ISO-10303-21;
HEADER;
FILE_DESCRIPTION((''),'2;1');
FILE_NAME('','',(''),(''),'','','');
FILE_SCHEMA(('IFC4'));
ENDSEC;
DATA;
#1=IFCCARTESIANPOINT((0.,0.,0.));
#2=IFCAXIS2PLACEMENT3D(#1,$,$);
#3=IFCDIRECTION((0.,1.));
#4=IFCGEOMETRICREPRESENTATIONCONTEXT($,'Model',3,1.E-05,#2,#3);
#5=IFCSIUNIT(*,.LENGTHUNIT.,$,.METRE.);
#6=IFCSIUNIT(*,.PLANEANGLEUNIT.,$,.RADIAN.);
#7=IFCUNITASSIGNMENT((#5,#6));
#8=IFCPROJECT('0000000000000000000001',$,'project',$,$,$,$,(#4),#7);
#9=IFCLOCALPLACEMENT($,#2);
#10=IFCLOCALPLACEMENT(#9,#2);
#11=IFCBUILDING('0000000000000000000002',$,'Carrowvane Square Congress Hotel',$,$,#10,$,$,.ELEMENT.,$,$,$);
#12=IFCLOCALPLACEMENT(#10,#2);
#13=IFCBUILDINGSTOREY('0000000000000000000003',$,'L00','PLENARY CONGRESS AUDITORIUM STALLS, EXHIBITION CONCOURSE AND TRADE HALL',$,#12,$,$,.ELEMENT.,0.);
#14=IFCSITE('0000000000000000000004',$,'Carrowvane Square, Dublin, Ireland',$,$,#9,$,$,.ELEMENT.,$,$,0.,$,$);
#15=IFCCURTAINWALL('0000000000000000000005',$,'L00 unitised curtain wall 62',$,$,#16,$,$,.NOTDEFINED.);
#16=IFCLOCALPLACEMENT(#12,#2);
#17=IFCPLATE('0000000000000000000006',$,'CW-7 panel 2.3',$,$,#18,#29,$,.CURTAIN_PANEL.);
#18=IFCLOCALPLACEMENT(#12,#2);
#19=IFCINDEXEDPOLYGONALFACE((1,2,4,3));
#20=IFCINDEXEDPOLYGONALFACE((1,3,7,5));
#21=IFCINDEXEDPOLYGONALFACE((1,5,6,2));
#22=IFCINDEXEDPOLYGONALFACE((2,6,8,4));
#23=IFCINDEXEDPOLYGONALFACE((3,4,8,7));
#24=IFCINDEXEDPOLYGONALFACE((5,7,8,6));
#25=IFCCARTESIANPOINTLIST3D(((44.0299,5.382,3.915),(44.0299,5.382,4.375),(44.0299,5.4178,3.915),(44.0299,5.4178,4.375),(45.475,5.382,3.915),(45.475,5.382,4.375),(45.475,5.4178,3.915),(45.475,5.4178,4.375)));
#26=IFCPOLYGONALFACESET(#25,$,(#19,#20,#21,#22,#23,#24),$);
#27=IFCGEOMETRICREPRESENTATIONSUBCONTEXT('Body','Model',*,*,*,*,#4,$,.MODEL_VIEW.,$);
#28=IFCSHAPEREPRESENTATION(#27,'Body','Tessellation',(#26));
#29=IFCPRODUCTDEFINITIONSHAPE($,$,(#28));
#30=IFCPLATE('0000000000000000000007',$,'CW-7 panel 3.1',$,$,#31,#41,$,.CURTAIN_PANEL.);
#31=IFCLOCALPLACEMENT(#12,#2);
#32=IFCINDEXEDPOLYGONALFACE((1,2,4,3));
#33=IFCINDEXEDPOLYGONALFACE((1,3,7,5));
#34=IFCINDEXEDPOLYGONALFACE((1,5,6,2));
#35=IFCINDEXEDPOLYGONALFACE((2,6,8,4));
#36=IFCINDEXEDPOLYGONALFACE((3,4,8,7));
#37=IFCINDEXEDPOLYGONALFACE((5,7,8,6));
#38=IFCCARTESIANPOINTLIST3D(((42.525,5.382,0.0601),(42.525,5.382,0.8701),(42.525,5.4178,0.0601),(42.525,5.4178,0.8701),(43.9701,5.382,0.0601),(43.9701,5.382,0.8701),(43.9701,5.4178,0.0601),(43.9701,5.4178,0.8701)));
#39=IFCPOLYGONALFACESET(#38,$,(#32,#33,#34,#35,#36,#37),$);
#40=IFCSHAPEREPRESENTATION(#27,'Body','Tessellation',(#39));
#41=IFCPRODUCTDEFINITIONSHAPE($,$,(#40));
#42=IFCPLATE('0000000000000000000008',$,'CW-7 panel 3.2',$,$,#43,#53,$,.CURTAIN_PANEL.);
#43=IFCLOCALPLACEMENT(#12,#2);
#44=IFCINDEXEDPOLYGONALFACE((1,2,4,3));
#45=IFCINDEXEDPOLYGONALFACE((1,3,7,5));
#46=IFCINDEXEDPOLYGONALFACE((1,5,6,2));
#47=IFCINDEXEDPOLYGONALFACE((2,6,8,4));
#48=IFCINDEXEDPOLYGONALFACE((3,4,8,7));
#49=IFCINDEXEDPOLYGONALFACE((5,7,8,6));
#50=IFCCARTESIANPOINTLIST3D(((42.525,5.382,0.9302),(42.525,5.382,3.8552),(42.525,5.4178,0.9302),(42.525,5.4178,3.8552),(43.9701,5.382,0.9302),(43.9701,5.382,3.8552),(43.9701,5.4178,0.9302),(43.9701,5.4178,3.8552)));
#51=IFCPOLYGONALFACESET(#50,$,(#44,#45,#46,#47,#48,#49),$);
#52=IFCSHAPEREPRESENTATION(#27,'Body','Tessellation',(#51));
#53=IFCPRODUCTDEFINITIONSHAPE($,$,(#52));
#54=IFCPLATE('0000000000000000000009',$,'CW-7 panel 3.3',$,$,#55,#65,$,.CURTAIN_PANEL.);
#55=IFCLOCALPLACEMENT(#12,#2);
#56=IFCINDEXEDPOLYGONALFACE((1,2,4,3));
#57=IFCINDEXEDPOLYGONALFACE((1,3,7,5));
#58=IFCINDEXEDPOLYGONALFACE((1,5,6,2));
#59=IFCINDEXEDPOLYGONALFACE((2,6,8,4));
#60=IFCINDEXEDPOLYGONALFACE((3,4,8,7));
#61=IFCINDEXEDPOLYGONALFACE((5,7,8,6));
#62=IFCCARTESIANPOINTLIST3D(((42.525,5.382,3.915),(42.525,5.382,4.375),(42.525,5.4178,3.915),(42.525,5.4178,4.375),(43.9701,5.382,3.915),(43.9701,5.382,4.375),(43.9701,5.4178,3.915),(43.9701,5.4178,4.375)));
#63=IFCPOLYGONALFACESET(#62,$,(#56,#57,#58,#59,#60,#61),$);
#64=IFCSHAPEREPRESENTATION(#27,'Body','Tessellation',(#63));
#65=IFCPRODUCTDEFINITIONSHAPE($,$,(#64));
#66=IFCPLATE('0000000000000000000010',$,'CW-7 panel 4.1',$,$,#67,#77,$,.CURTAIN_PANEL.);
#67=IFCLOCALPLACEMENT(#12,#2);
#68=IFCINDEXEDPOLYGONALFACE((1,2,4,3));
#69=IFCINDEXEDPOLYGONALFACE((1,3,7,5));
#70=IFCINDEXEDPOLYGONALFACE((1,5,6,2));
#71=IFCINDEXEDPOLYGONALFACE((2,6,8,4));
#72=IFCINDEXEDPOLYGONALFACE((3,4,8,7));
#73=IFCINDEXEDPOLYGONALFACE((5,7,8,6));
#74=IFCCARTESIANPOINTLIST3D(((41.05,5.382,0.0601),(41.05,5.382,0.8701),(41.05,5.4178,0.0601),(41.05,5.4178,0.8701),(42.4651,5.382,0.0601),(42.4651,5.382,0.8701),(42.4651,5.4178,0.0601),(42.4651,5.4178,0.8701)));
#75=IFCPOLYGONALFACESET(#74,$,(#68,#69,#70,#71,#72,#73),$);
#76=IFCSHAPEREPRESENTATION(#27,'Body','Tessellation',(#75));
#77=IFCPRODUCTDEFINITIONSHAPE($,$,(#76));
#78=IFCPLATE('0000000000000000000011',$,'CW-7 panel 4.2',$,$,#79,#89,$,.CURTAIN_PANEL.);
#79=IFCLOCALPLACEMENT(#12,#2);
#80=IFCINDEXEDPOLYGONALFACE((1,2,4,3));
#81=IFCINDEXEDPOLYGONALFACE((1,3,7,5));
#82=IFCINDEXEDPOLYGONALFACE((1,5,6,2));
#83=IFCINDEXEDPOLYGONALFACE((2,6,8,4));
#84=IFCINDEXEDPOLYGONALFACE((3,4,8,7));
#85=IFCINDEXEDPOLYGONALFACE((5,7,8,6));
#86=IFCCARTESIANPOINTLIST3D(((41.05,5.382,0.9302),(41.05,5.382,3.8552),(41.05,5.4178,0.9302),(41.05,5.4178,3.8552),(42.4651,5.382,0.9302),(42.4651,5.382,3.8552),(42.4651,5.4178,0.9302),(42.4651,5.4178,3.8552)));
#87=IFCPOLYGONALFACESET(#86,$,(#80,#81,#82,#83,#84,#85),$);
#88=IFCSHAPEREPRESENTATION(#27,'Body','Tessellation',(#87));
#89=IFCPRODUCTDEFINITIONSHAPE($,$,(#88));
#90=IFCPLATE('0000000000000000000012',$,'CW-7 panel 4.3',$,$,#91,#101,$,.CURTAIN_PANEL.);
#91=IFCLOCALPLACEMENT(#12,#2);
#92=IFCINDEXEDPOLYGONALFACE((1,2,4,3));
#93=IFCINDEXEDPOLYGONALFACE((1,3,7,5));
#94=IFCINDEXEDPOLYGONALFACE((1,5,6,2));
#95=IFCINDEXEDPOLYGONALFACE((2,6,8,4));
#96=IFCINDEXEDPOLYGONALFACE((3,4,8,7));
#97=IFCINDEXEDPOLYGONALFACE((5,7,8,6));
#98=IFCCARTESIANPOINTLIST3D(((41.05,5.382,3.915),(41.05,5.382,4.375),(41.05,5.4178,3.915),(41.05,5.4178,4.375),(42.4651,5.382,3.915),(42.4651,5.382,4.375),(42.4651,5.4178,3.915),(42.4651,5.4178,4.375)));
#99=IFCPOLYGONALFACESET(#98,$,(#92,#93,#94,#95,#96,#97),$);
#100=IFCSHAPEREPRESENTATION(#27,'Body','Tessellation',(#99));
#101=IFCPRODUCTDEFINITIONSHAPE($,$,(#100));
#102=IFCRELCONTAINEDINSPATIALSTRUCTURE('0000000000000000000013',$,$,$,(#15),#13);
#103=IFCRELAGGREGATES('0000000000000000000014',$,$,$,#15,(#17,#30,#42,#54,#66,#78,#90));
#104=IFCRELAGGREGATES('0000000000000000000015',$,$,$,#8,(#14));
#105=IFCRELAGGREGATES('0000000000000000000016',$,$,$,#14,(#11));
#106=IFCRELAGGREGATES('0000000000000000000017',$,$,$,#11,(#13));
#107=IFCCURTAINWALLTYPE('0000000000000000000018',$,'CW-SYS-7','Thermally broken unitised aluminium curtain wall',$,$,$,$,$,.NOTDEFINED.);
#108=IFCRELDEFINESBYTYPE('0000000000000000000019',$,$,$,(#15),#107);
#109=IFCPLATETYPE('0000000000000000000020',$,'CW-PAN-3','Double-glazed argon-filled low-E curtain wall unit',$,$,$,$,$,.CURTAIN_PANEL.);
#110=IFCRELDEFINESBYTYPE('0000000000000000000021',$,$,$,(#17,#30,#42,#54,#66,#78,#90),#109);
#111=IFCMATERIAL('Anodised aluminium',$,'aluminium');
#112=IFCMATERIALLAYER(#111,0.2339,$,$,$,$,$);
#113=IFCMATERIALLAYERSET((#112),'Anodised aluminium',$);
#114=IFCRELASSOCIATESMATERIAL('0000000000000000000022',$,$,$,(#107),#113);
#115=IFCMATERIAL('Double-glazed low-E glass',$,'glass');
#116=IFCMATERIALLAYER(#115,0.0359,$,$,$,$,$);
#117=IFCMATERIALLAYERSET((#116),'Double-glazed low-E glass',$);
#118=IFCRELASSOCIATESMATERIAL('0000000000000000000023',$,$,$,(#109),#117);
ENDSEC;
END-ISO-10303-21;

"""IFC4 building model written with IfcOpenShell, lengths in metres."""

from ifc_helpers import new_model, si_unit, direction, frame, origin, origin_2d, place, context, subcontext, project, spatial, rectangle, extrude, material, layer, layer_set, type_object, element, aggregate, save


model = new_model("IFC4")

# Units and contexts
model_context = context("Model", 3, precision=1e-05, world=origin(), true_north=direction((0.0, 1.0)))
body_context = subcontext(model_context, "Body", "Model", "MODEL_VIEW")
ifc_project = project(units=[si_unit("LENGTHUNIT", "METRE"), si_unit("PLANEANGLEUNIT", "RADIAN")], contexts=[model_context])

# Site, building, storey
site_placement = place(None, origin())
site = spatial("IfcSite", under=ifc_project, at=site_placement, Name="Carrowvane Square, Dublin, Ireland", CompositionType="ELEMENT", RefElevation=0.0)
building_placement = place(site_placement, origin())
building = spatial("IfcBuilding", under=site, at=building_placement, Name="Carrowvane Square Congress Hotel", CompositionType="ELEMENT")
storey_placement = place(building_placement, origin())
storey = spatial("IfcBuildingStorey", under=building, at=storey_placement, Name="L00", Description="PLENARY CONGRESS AUDITORIUM STALLS, EXHIBITION CONCOURSE AND TRADE HALL", CompositionType="ELEMENT", Elevation=0.0)

# Curtain wall
ifc_material_1 = material(Name="Anodised aluminium", Category="aluminium")
ifc_layer_1 = layer(ifc_material_1, 0.2339)
ifc_layer_set_1 = layer_set([ifc_layer_1], Name="Anodised aluminium")
curtain_wall_type = type_object("IfcCurtainWallType", Name="CW-SYS-7", Description="Thermally broken unitised aluminium curtain wall", PredefinedType="NOTDEFINED", material=ifc_layer_set_1)
curtain_wall_placement = place(storey_placement, origin())
curtain_wall = element("IfcCurtainWall", 1, at=curtain_wall_placement, inside=storey, type_object=curtain_wall_type, Name="L00 unitised curtain wall 62", PredefinedType="NOTDEFINED")

# Plates
ifc_material_2 = material(Name="Double-glazed low-E glass", Category="glass")
ifc_layer_2 = layer(ifc_material_2, 0.0359)
ifc_layer_set_2 = layer_set([ifc_layer_2], Name="Double-glazed low-E glass")
plate_type = type_object("IfcPlateType", Name="CW-PAN-3", Description="Double-glazed argon-filled low-E curtain wall unit", PredefinedType="CURTAIN_PANEL", material=ifc_layer_set_2)
plate_1_placement = place(storey_placement, frame((44.7524, 5.3999, 3.915), z_axis=(0.0, 0.0, 1.0), x_axis=(-1.0, 0.0, 0.0)))
plate_1 = element("IfcPlate", 2, at=plate_1_placement, type_object=plate_type, Name="CW-7 panel 2.3", PredefinedType="CURTAIN_PANEL", context=body_context, shape_type="SweptSolid", body=[
    extrude(rectangle(XDim=1.4451, YDim=0.0359, at=origin_2d()), origin(), (0.0, 0.0, 1.0), 0.46),
])
plate_2_placement = place(storey_placement, frame((43.2476, 5.3999, 0.0601), z_axis=(0.0, 0.0, 1.0), x_axis=(-1.0, 0.0, 0.0)))
plate_2 = element("IfcPlate", 3, at=plate_2_placement, type_object=plate_type, Name="CW-7 panel 3.1", PredefinedType="CURTAIN_PANEL", context=body_context, shape_type="SweptSolid", body=[
    extrude(rectangle(XDim=1.4451, YDim=0.0359, at=origin_2d()), origin(), (0.0, 0.0, 1.0), 0.8101),
])
plate_3_placement = place(storey_placement, frame((43.2476, 5.3999, 0.9302), z_axis=(0.0, 0.0, 1.0), x_axis=(-1.0, 0.0, 0.0)))
plate_3 = element("IfcPlate", 4, at=plate_3_placement, type_object=plate_type, Name="CW-7 panel 3.2", PredefinedType="CURTAIN_PANEL", context=body_context, shape_type="SweptSolid", body=[
    extrude(rectangle(XDim=1.4451, YDim=0.0359, at=origin_2d()), origin(), (0.0, 0.0, 1.0), 2.925),
])
plate_4_placement = place(storey_placement, frame((43.2476, 5.3999, 3.915), z_axis=(0.0, 0.0, 1.0), x_axis=(-1.0, 0.0, 0.0)))
plate_4 = element("IfcPlate", 5, at=plate_4_placement, type_object=plate_type, Name="CW-7 panel 3.3", PredefinedType="CURTAIN_PANEL", context=body_context, shape_type="SweptSolid", body=[
    extrude(rectangle(XDim=1.4451, YDim=0.0359, at=origin_2d()), origin(), (0.0, 0.0, 1.0), 0.46),
])
plate_5_placement = place(storey_placement, frame((41.7576, 5.3999, 0.0601), z_axis=(0.0, 0.0, 1.0), x_axis=(-1.0, 0.0, 0.0)))
plate_5 = element("IfcPlate", 6, at=plate_5_placement, type_object=plate_type, Name="CW-7 panel 4.1", PredefinedType="CURTAIN_PANEL", context=body_context, shape_type="SweptSolid", body=[
    extrude(rectangle(XDim=1.415, YDim=0.0359, at=origin_2d()), origin(), (0.0, 0.0, 1.0), 0.8101),
])
plate_6_placement = place(storey_placement, frame((41.7576, 5.3999, 0.9302), z_axis=(0.0, 0.0, 1.0), x_axis=(-1.0, 0.0, 0.0)))
plate_6 = element("IfcPlate", 7, at=plate_6_placement, type_object=plate_type, Name="CW-7 panel 4.2", PredefinedType="CURTAIN_PANEL", context=body_context, shape_type="SweptSolid", body=[
    extrude(rectangle(XDim=1.415, YDim=0.0359, at=origin_2d()), origin(), (0.0, 0.0, 1.0), 2.925),
])
plate_7_placement = place(storey_placement, frame((41.7576, 5.3999, 3.915), z_axis=(0.0, 0.0, 1.0), x_axis=(-1.0, 0.0, 0.0)))
plate_7 = element("IfcPlate", 8, at=plate_7_placement, type_object=plate_type, Name="CW-7 panel 4.3", PredefinedType="CURTAIN_PANEL", context=body_context, shape_type="SweptSolid", body=[
    extrude(rectangle(XDim=1.415, YDim=0.0359, at=origin_2d()), origin(), (0.0, 0.0, 1.0), 0.46),
])
aggregate(curtain_wall, [plate_1, plate_2, plate_3, plate_4, plate_5, plate_6, plate_7])

save(model, "model.ifc")
